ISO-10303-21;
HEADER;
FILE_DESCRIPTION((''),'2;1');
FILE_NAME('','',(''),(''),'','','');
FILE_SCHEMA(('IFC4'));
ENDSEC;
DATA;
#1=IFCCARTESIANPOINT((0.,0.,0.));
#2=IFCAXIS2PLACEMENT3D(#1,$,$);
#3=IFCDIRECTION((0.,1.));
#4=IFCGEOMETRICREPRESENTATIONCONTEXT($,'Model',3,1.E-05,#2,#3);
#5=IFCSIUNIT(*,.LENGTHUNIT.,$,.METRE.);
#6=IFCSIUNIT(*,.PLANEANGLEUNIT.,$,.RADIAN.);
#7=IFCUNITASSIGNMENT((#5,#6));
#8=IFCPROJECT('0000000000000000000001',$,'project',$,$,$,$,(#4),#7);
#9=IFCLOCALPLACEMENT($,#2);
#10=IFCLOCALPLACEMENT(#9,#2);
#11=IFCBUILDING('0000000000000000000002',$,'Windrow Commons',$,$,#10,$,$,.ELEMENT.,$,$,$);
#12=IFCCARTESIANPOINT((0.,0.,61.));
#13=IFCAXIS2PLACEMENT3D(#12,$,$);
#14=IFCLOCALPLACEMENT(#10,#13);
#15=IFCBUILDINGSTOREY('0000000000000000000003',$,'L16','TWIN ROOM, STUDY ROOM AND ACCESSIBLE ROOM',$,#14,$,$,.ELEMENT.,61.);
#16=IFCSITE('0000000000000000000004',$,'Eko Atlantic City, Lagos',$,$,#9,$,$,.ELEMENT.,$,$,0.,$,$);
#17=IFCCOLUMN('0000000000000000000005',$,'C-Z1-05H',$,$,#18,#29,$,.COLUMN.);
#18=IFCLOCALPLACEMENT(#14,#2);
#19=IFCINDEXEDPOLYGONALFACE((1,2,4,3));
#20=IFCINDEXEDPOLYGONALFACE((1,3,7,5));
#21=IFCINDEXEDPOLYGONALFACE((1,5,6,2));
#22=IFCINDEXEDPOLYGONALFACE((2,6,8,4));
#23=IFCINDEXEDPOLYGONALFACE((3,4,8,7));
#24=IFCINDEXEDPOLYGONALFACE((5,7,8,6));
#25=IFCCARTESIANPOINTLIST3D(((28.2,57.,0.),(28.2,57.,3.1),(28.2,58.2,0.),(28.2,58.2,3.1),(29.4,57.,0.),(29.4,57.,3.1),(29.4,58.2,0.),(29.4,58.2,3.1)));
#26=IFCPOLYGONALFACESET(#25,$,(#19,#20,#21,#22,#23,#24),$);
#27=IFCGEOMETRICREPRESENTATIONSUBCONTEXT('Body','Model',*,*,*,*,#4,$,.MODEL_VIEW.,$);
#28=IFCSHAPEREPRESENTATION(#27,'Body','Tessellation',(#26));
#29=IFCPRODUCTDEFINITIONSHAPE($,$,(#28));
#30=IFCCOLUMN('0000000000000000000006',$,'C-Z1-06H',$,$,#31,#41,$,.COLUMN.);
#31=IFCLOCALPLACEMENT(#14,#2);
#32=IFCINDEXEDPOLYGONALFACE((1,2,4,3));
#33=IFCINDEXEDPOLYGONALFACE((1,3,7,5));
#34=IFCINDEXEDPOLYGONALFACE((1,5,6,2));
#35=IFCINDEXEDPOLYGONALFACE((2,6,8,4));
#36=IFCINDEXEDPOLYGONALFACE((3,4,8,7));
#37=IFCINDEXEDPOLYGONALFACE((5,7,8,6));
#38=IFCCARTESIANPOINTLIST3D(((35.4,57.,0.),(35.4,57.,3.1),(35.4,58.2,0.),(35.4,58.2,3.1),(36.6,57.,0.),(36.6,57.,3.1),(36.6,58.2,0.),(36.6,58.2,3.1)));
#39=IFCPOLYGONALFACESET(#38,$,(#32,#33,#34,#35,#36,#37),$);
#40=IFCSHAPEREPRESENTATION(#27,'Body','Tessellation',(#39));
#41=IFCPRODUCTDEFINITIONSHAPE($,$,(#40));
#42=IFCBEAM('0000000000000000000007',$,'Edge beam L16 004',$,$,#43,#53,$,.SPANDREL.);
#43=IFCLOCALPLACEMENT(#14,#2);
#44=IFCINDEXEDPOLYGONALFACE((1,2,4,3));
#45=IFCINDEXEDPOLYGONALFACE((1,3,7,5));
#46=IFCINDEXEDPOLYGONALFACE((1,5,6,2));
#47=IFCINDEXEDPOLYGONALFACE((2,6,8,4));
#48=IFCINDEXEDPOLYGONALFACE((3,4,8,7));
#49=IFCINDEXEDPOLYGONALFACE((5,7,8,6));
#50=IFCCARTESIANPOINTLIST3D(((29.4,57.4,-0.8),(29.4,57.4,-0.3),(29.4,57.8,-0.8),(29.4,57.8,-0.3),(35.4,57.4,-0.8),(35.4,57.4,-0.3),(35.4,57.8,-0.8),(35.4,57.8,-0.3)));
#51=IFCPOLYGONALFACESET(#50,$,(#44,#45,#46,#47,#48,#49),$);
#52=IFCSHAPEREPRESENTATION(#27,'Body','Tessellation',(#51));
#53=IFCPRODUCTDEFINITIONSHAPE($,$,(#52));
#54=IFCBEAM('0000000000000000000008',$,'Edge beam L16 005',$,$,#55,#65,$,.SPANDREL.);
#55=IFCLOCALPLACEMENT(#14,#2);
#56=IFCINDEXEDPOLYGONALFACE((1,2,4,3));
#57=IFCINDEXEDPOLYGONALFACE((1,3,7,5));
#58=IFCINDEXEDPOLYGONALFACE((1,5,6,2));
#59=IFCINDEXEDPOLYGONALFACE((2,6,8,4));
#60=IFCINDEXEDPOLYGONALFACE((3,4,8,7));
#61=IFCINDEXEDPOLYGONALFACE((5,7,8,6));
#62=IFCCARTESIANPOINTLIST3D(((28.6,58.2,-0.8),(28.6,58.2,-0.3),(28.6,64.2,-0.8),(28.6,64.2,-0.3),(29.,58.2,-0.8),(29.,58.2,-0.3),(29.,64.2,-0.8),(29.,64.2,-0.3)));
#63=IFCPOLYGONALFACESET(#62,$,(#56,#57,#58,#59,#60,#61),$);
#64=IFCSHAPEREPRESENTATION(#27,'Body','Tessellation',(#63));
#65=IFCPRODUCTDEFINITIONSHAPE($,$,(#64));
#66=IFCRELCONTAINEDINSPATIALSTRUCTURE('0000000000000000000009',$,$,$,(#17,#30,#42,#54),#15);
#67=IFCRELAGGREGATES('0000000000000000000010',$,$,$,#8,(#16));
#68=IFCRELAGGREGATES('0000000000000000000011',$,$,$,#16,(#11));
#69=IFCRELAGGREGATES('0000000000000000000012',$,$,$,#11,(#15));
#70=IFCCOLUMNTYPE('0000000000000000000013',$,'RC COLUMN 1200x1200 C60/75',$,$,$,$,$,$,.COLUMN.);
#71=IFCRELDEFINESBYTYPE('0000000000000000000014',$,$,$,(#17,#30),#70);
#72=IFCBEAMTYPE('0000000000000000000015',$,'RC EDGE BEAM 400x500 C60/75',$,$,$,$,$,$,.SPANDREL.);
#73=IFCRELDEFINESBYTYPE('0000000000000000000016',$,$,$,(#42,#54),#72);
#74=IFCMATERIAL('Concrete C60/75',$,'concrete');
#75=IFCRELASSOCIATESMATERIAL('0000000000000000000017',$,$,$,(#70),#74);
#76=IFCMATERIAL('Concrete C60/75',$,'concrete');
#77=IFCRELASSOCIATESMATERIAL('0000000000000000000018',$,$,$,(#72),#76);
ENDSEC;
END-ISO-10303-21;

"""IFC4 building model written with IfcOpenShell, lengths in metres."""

from ifc_helpers import new_model, si_unit, direction, frame, origin, origin_2d, place, context, subcontext, project, spatial, rectangle, extrude, material, material_profile, profile_set, type_object, element, save


model = new_model("IFC4")

# Units and contexts
model_context = context("Model", 3, precision=1e-05, world=origin(), true_north=direction((0.0, 1.0)))
body_context = subcontext(model_context, "Body", "Model", "MODEL_VIEW")
ifc_project = project(units=[si_unit("LENGTHUNIT", "METRE"), si_unit("PLANEANGLEUNIT", "RADIAN")], contexts=[model_context])

# Site, building, storey
site_placement = place(None, origin())
site = spatial("IfcSite", under=ifc_project, at=site_placement, Name="Eko Atlantic City, Lagos", CompositionType="ELEMENT", RefElevation=0.0)
building_placement = place(site_placement, origin())
building = spatial("IfcBuilding", under=site, at=building_placement, Name="Windrow Commons", CompositionType="ELEMENT")
storey_placement = place(building_placement, frame((0.0, 0.0, 61.0)))
storey = spatial("IfcBuildingStorey", under=building, at=storey_placement, Name="L16", Description="TWIN ROOM, STUDY ROOM AND ACCESSIBLE ROOM", CompositionType="ELEMENT", Elevation=61.0)

# Columns
ifc_material_1 = material(Name="Concrete C60/75", Category="concrete")
ifc_material_profile_1 = material_profile(ifc_material_1, rectangle(XDim=1.2, YDim=1.2, at=origin_2d()))
ifc_profile_set_1 = profile_set([ifc_material_profile_1], Name="Concrete C60/75")
column_type = type_object("IfcColumnType", Name="RC COLUMN 1200x1200 C60/75", PredefinedType="COLUMN", material=ifc_profile_set_1)
for number, where, z_axis, x_axis, name in (
    (1, (28.8, 57.6, 0.0), (0.0, 0.0, 1.0), (1.0, 0.0, 0.0), "C-Z1-05H"),
    (2, (36.0, 57.6, 0.0), (0.0, 0.0, 1.0), (1.0, 0.0, 0.0), "C-Z1-06H"),
):
    element("IfcColumn", number, at=place(storey_placement, frame(where, z_axis=z_axis, x_axis=x_axis)), inside=storey, type_object=column_type, Name=name, PredefinedType="COLUMN", context=body_context, shape_type="SweptSolid", body=[
        extrude(rectangle(XDim=1.2, YDim=1.2, at=origin_2d()), origin(), (0.0, 0.0, 1.0), 3.1),
    ])

# Beams
ifc_material_2 = material(Name="Concrete C60/75", Category="concrete")
ifc_material_profile_2 = material_profile(ifc_material_2, rectangle(XDim=0.4, YDim=0.5, at=origin_2d()))
ifc_profile_set_2 = profile_set([ifc_material_profile_2], Name="Concrete C60/75")
beam_type = type_object("IfcBeamType", Name="RC EDGE BEAM 400x500 C60/75", PredefinedType="SPANDREL", material=ifc_profile_set_2)
for number, where, z_axis, x_axis, name in (
    (3, (35.4, 57.6, -0.55), (-1.0, 0.0, 0.0), (0.0, -1.0, 0.0), "Edge beam L16 004"),
    (4, (28.8, 58.2, -0.55), (0.0, 1.0, 0.0), (-1.0, 0.0, 0.0), "Edge beam L16 005"),
):
    element("IfcBeam", number, at=place(storey_placement, frame(where, z_axis=z_axis, x_axis=x_axis)), inside=storey, type_object=beam_type, Name=name, PredefinedType="SPANDREL", context=body_context, shape_type="SweptSolid", body=[
        extrude(rectangle(XDim=0.4, YDim=0.5, at=origin_2d()), origin(), (0.0, 0.0, 1.0), 6.0),
    ])

save(model, "model.ifc")
